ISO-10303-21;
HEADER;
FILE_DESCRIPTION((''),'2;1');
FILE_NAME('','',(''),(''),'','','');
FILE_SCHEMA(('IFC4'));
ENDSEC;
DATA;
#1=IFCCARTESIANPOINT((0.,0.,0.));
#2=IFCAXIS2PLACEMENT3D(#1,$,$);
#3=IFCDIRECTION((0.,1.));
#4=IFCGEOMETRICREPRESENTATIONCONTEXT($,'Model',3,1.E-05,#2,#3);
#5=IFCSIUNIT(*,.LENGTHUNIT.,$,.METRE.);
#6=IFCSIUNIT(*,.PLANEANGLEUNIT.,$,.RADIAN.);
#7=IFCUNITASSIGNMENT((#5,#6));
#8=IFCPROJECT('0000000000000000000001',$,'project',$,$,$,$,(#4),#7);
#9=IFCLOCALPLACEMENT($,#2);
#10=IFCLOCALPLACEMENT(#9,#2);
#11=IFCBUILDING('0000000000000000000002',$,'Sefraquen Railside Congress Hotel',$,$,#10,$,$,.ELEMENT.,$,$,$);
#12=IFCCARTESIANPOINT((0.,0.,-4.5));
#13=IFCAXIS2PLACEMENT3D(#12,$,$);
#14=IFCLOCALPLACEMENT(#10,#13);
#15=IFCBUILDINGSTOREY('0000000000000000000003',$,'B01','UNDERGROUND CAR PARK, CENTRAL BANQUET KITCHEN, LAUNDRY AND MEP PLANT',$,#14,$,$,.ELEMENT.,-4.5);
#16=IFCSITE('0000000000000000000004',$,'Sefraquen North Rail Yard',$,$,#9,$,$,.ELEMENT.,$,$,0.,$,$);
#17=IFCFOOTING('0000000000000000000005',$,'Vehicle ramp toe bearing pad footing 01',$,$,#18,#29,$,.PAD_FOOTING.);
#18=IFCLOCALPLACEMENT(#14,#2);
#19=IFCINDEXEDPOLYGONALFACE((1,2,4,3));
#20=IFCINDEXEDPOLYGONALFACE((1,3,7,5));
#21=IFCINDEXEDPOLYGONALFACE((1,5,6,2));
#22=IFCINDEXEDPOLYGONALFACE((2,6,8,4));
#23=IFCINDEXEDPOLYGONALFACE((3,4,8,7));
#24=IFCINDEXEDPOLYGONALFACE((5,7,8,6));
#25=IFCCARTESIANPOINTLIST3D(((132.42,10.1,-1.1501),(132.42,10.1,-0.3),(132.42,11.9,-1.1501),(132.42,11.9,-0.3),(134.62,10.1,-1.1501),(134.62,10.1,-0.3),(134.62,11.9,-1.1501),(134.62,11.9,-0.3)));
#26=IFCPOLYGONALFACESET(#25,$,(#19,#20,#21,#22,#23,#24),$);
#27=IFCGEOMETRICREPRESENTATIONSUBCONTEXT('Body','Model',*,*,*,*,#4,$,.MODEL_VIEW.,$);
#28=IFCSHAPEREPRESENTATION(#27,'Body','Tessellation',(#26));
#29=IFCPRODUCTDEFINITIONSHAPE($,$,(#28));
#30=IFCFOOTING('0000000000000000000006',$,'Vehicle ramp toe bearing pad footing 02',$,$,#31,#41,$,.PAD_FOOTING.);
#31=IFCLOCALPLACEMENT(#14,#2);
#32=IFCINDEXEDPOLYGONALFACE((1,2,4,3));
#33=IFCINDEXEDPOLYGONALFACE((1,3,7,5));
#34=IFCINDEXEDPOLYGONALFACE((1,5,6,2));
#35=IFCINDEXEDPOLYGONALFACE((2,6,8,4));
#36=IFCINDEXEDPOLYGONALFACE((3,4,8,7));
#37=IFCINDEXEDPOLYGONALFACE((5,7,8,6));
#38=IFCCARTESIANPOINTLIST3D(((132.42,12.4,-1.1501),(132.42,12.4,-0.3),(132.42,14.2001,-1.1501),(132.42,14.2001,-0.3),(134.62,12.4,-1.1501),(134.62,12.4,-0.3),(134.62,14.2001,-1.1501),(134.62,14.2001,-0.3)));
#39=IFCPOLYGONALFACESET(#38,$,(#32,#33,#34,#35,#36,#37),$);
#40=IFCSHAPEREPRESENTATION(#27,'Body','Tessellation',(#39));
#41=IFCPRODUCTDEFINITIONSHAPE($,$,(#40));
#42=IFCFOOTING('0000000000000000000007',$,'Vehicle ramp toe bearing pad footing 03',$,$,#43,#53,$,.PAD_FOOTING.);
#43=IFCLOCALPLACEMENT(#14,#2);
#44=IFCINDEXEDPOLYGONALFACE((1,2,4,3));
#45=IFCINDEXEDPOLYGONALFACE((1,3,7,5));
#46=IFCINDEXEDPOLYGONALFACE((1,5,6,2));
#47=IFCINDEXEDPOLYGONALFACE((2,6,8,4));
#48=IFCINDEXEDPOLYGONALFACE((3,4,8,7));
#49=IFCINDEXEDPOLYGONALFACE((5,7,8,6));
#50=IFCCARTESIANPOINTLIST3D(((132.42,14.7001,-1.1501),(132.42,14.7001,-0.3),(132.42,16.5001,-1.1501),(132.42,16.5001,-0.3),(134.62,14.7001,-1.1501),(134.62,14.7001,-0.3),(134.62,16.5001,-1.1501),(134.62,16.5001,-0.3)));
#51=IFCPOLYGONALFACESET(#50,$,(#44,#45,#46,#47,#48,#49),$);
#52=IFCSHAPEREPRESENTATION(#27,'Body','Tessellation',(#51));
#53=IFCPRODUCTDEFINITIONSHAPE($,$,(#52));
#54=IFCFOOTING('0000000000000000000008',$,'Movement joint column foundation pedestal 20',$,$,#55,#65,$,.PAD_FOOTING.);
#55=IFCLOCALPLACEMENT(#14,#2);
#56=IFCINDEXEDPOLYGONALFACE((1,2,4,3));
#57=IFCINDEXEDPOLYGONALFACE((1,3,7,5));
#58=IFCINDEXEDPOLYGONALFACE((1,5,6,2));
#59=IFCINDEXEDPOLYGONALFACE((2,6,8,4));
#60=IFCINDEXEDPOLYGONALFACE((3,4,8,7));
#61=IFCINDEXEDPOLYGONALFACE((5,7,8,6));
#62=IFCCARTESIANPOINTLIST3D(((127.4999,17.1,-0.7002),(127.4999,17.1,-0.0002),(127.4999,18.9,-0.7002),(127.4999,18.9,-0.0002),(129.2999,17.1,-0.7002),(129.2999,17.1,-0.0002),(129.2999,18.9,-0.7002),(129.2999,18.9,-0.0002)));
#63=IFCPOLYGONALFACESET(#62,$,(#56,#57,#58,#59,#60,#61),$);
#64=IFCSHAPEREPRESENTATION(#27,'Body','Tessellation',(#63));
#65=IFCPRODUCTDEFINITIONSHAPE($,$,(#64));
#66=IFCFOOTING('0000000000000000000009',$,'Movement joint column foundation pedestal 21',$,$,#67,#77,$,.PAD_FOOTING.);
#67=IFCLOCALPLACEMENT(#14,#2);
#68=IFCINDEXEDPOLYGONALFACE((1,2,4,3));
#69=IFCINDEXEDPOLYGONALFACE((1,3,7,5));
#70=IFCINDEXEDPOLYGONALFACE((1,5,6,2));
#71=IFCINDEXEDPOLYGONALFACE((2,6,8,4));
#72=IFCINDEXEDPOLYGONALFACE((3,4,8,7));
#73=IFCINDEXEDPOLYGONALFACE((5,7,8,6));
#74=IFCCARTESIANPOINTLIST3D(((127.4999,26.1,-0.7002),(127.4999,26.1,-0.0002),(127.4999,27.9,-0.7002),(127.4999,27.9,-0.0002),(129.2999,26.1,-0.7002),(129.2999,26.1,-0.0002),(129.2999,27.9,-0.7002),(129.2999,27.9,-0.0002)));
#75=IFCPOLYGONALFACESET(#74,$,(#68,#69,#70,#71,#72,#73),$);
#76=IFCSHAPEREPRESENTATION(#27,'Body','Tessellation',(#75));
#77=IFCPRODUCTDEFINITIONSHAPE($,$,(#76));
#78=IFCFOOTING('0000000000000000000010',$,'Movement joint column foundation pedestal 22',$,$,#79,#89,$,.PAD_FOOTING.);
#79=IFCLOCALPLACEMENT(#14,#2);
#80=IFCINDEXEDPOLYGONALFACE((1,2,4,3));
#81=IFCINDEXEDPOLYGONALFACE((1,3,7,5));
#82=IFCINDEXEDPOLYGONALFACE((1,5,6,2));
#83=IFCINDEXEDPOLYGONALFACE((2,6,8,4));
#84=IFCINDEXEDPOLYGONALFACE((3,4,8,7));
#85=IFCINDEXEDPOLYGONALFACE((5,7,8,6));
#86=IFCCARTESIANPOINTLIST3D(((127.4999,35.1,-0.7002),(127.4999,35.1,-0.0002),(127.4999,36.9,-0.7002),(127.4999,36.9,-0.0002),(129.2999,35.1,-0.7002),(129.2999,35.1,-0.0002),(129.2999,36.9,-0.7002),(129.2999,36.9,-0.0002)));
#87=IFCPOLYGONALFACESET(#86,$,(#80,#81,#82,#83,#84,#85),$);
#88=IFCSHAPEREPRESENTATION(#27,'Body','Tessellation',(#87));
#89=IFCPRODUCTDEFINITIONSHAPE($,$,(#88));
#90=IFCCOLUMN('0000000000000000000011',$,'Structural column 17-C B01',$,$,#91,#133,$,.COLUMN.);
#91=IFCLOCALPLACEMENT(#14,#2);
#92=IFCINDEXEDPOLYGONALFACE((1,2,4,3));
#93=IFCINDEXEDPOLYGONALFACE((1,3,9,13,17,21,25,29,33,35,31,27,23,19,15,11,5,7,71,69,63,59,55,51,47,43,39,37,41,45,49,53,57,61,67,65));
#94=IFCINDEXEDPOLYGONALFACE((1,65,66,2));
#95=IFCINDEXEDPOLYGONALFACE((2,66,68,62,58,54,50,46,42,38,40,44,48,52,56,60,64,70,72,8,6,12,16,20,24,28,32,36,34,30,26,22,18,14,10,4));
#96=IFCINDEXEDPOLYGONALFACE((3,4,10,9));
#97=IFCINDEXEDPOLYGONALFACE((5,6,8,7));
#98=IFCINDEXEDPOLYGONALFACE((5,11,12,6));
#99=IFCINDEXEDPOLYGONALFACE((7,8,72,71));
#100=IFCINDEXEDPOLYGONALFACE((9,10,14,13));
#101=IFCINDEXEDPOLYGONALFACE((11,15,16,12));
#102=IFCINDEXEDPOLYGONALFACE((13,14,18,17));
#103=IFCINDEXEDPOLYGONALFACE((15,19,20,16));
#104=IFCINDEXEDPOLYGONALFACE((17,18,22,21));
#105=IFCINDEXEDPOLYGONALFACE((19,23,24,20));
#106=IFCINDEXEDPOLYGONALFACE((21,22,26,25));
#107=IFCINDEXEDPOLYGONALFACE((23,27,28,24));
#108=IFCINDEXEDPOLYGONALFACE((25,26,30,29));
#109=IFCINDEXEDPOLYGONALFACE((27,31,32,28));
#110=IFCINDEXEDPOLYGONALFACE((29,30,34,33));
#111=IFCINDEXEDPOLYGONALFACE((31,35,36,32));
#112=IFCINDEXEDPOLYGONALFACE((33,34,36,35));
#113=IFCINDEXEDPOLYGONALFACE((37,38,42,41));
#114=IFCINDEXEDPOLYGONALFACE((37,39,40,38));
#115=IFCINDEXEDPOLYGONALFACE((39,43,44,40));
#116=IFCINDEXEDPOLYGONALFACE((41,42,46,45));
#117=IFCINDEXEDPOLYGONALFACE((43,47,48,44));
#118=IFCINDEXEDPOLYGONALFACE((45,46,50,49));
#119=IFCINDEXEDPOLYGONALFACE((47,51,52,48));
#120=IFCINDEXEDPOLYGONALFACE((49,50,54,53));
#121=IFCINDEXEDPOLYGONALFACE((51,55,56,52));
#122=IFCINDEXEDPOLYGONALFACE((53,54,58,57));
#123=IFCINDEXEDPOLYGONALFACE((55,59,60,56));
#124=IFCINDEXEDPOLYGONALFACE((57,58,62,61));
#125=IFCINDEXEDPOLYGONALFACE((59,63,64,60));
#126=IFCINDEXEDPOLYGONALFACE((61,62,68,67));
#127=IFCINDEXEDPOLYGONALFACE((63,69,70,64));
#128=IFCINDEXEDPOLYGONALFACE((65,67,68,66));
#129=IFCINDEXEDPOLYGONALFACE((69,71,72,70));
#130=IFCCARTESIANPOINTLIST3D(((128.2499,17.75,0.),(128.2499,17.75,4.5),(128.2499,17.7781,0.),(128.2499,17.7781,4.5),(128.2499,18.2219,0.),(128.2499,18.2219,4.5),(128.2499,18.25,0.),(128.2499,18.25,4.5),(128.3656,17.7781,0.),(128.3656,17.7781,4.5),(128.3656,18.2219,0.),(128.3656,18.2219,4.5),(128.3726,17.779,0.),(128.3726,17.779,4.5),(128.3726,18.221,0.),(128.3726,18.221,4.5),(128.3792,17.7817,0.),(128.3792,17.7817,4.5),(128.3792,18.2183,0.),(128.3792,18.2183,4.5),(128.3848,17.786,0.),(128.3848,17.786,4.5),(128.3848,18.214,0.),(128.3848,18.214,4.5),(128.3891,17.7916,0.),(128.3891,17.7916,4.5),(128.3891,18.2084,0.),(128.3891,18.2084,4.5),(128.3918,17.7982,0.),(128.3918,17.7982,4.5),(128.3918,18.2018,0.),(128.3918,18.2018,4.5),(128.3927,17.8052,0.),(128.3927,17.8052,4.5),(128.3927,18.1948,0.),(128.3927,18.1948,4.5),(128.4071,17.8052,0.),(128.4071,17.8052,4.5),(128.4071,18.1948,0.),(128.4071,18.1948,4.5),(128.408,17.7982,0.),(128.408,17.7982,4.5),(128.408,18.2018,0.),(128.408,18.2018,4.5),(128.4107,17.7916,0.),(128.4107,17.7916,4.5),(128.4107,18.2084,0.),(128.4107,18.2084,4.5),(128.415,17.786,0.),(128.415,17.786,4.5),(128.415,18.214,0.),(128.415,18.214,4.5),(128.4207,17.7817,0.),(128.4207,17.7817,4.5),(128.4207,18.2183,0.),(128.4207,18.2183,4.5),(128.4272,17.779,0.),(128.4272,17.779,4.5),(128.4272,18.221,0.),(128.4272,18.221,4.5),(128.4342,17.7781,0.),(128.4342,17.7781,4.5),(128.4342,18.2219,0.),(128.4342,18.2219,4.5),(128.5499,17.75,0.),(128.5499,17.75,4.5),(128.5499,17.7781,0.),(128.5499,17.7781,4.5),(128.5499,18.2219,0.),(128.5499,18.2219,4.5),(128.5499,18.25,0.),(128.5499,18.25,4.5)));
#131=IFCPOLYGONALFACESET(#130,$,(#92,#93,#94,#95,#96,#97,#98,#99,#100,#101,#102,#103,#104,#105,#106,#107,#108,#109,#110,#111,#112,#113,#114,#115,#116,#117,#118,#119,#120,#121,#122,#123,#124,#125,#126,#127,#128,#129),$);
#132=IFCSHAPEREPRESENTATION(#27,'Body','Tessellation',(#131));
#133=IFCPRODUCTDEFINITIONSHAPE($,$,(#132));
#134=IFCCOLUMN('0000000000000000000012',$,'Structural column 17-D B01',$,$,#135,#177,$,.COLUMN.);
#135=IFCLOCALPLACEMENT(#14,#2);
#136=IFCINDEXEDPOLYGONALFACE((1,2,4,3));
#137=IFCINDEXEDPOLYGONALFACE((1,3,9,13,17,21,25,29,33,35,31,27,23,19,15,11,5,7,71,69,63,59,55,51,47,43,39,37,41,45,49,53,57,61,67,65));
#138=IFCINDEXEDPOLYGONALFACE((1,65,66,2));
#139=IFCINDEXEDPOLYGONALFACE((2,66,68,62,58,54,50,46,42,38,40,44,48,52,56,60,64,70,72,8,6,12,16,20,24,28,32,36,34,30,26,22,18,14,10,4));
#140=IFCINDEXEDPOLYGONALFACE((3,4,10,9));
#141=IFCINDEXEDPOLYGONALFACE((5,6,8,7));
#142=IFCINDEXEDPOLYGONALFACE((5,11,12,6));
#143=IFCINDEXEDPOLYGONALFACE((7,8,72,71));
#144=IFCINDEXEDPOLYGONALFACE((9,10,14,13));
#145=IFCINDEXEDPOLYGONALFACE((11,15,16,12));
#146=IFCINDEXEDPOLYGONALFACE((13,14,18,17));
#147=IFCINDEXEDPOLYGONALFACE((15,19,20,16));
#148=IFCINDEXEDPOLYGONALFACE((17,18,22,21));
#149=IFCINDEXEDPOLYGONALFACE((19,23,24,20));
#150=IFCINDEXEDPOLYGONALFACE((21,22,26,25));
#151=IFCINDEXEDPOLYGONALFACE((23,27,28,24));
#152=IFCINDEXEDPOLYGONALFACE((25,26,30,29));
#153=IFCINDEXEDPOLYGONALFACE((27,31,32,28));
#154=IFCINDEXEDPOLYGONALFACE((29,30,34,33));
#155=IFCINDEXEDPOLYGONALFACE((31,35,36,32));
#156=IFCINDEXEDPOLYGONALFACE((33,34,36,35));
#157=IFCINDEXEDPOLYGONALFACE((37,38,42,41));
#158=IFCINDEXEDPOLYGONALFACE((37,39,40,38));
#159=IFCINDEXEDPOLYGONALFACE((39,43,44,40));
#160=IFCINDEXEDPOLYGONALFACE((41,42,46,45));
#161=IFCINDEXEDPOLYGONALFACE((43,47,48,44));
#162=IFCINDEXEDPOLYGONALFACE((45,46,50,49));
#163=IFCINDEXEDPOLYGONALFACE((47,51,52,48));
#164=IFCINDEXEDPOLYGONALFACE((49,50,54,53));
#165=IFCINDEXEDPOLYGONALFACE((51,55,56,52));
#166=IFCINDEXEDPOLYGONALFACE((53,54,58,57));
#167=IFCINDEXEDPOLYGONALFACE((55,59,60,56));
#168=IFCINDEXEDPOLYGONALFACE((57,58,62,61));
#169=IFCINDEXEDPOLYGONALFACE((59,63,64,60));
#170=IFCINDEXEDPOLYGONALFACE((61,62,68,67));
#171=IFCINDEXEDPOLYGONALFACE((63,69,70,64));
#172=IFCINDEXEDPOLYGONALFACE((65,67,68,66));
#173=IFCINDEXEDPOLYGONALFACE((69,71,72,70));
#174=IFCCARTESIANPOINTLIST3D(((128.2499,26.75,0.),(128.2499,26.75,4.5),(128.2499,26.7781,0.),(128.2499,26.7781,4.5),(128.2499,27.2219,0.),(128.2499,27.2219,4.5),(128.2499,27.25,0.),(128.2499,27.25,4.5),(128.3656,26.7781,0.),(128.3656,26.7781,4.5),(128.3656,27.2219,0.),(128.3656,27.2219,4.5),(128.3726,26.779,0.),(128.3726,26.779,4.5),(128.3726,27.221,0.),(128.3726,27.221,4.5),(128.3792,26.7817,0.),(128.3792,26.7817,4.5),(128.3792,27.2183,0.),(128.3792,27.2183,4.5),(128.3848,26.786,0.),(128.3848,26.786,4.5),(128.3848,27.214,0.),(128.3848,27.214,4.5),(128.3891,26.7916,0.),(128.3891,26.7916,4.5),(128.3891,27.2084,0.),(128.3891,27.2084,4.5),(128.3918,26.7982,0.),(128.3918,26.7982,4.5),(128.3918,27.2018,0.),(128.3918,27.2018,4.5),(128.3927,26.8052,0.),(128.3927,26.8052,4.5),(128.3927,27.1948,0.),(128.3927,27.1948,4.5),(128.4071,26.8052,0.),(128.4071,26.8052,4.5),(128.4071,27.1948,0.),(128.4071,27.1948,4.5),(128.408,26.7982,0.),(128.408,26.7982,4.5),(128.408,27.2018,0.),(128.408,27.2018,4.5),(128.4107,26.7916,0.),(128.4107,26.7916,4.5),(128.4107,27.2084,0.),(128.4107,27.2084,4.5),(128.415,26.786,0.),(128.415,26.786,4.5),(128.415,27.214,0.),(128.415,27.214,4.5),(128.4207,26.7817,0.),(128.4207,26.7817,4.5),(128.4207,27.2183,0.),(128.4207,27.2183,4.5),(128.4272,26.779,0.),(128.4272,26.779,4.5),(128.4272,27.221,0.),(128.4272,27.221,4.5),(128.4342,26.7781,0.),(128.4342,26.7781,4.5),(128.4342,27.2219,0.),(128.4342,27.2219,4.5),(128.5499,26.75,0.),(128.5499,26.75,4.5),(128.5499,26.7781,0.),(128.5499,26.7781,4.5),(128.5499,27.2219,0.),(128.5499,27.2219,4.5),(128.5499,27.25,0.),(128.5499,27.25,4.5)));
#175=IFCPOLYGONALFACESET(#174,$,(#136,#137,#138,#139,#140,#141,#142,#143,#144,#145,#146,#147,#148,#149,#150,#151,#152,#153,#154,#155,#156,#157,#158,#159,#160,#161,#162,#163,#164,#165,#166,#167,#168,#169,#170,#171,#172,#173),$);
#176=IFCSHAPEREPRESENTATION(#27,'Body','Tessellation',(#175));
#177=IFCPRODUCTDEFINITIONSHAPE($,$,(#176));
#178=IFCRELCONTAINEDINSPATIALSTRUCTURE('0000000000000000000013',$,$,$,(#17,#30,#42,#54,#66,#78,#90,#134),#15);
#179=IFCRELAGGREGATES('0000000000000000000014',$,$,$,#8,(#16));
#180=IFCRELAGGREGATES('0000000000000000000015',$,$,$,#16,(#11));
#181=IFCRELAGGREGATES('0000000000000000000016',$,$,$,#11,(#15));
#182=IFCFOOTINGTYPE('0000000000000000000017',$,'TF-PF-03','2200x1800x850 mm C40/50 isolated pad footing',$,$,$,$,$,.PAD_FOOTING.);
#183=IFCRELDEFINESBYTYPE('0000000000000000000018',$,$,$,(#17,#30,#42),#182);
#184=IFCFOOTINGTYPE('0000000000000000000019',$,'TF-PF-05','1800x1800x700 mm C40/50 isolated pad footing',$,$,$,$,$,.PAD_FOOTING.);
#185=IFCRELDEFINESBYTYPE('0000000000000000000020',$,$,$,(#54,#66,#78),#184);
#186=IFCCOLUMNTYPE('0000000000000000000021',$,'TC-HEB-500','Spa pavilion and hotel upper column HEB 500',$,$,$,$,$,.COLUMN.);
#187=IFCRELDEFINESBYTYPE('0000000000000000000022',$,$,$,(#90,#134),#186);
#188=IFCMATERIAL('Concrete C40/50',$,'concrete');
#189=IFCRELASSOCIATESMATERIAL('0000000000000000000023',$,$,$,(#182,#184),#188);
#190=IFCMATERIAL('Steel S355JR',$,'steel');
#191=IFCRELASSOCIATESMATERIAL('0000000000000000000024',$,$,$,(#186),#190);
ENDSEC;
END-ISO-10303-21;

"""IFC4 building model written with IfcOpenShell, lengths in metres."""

from ifc_helpers import new_model, si_unit, direction, frame, origin, origin_2d, place, context, subcontext, project, spatial, rectangle, i_section, extrude, material, material_profile, profile_set, type_object, element, save


model = new_model("IFC4")

# Units and contexts
model_context = context("Model", 3, precision=1e-05, world=origin(), true_north=direction((0.0, 1.0)))
body_context = subcontext(model_context, "Body", "Model", "MODEL_VIEW")
ifc_project = project(units=[si_unit("LENGTHUNIT", "METRE"), si_unit("PLANEANGLEUNIT", "RADIAN")], contexts=[model_context])

# Site, building, storey
site_placement = place(None, origin())
site = spatial("IfcSite", under=ifc_project, at=site_placement, Name="Sefraquen North Rail Yard", CompositionType="ELEMENT", RefElevation=0.0)
building_placement = place(site_placement, origin())
building = spatial("IfcBuilding", under=site, at=building_placement, Name="Sefraquen Railside Congress Hotel", CompositionType="ELEMENT")
storey_placement = place(building_placement, frame((0.0, 0.0, -4.5)))
storey = spatial("IfcBuildingStorey", under=building, at=storey_placement, Name="B01", Description="UNDERGROUND CAR PARK, CENTRAL BANQUET KITCHEN, LAUNDRY AND MEP PLANT", CompositionType="ELEMENT", Elevation=-4.5)

# Footings
ifc_material_1 = material(Name="Concrete C40/50", Category="concrete")
footing_type_1 = type_object("IfcFootingType", Name="TF-PF-03", Description="2200x1800x850 mm C40/50 isolated pad footing", PredefinedType="PAD_FOOTING", material=ifc_material_1)
for number, where, z_axis, x_axis, name in (
    (1, (133.52, 11.0, -1.1501), (0.0, 0.0, 1.0), (1.0, 0.0, 0.0), "Vehicle ramp toe bearing pad footing 01"),
    (2, (133.52, 13.3, -1.1501), (0.0, 0.0, 1.0), (1.0, 0.0, 0.0), "Vehicle ramp toe bearing pad footing 02"),
    (3, (133.52, 15.6001, -1.1501), (0.0, 0.0, 1.0), (1.0, 0.0, 0.0), "Vehicle ramp toe bearing pad footing 03"),
):
    element("IfcFooting", number, at=place(storey_placement, frame(where, z_axis=z_axis, x_axis=x_axis)), inside=storey, type_object=footing_type_1, Name=name, PredefinedType="PAD_FOOTING", context=body_context, shape_type="SweptSolid", body=[
        extrude(rectangle(XDim=2.2, YDim=1.8, at=origin_2d()), origin(), (0.0, 0.0, 1.0), 0.8501),
    ])
footing_type_2 = type_object("IfcFootingType", Name="TF-PF-05", Description="1800x1800x700 mm C40/50 isolated pad footing", PredefinedType="PAD_FOOTING", material=ifc_material_1)
for number, where, z_axis, x_axis, name in (
    (4, (128.3999, 18.0, -0.7002), (0.0, 0.0, 1.0), (1.0, 0.0, 0.0), "Movement joint column foundation pedestal 20"),
    (5, (128.3999, 27.0, -0.7002), (0.0, 0.0, 1.0), (1.0, 0.0, 0.0), "Movement joint column foundation pedestal 21"),
    (6, (128.3999, 36.0, -0.7002), (0.0, 0.0, 1.0), (1.0, 0.0, 0.0), "Movement joint column foundation pedestal 22"),
):
    element("IfcFooting", number, at=place(storey_placement, frame(where, z_axis=z_axis, x_axis=x_axis)), inside=storey, type_object=footing_type_2, Name=name, PredefinedType="PAD_FOOTING", context=body_context, shape_type="SweptSolid", body=[
        extrude(rectangle(XDim=1.8, YDim=1.8, at=origin_2d()), origin(), (0.0, 0.0, 1.0), 0.7),
    ])

# Columns
ifc_material_2 = material(Name="Steel S355JR", Category="steel")
ifc_material_profile = material_profile(ifc_material_2, i_section(OverallWidth=0.3, OverallDepth=0.5, WebThickness=0.0144, FlangeThickness=0.0281, FilletRadius=0.0271, at=origin_2d()), Name="HEB 500")
ifc_profile_set = profile_set([ifc_material_profile], Name="Steel S355JR")
column_type = type_object("IfcColumnType", Name="TC-HEB-500", Description="Spa pavilion and hotel upper column HEB 500", PredefinedType="COLUMN", material=ifc_profile_set)
for number, where, z_axis, x_axis, name in (
    (7, (128.3999, 18.0, 0.0), (0.0, 0.0, 1.0), (1.0, 0.0, 0.0), "Structural column 17-C B01"),
    (8, (128.3999, 27.0, 0.0), (0.0, 0.0, 1.0), (1.0, 0.0, 0.0), "Structural column 17-D B01"),
):
    element("IfcColumn", number, at=place(storey_placement, frame(where, z_axis=z_axis, x_axis=x_axis)), inside=storey, type_object=column_type, Name=name, PredefinedType="COLUMN", context=body_context, shape_type="SweptSolid", body=[
        extrude(i_section(OverallWidth=0.3, OverallDepth=0.5, WebThickness=0.0144, FlangeThickness=0.0281, FilletRadius=0.0271, at=origin_2d()), origin(), (0.0, 0.0, 1.0), 4.5),
    ])

save(model, "model.ifc")
